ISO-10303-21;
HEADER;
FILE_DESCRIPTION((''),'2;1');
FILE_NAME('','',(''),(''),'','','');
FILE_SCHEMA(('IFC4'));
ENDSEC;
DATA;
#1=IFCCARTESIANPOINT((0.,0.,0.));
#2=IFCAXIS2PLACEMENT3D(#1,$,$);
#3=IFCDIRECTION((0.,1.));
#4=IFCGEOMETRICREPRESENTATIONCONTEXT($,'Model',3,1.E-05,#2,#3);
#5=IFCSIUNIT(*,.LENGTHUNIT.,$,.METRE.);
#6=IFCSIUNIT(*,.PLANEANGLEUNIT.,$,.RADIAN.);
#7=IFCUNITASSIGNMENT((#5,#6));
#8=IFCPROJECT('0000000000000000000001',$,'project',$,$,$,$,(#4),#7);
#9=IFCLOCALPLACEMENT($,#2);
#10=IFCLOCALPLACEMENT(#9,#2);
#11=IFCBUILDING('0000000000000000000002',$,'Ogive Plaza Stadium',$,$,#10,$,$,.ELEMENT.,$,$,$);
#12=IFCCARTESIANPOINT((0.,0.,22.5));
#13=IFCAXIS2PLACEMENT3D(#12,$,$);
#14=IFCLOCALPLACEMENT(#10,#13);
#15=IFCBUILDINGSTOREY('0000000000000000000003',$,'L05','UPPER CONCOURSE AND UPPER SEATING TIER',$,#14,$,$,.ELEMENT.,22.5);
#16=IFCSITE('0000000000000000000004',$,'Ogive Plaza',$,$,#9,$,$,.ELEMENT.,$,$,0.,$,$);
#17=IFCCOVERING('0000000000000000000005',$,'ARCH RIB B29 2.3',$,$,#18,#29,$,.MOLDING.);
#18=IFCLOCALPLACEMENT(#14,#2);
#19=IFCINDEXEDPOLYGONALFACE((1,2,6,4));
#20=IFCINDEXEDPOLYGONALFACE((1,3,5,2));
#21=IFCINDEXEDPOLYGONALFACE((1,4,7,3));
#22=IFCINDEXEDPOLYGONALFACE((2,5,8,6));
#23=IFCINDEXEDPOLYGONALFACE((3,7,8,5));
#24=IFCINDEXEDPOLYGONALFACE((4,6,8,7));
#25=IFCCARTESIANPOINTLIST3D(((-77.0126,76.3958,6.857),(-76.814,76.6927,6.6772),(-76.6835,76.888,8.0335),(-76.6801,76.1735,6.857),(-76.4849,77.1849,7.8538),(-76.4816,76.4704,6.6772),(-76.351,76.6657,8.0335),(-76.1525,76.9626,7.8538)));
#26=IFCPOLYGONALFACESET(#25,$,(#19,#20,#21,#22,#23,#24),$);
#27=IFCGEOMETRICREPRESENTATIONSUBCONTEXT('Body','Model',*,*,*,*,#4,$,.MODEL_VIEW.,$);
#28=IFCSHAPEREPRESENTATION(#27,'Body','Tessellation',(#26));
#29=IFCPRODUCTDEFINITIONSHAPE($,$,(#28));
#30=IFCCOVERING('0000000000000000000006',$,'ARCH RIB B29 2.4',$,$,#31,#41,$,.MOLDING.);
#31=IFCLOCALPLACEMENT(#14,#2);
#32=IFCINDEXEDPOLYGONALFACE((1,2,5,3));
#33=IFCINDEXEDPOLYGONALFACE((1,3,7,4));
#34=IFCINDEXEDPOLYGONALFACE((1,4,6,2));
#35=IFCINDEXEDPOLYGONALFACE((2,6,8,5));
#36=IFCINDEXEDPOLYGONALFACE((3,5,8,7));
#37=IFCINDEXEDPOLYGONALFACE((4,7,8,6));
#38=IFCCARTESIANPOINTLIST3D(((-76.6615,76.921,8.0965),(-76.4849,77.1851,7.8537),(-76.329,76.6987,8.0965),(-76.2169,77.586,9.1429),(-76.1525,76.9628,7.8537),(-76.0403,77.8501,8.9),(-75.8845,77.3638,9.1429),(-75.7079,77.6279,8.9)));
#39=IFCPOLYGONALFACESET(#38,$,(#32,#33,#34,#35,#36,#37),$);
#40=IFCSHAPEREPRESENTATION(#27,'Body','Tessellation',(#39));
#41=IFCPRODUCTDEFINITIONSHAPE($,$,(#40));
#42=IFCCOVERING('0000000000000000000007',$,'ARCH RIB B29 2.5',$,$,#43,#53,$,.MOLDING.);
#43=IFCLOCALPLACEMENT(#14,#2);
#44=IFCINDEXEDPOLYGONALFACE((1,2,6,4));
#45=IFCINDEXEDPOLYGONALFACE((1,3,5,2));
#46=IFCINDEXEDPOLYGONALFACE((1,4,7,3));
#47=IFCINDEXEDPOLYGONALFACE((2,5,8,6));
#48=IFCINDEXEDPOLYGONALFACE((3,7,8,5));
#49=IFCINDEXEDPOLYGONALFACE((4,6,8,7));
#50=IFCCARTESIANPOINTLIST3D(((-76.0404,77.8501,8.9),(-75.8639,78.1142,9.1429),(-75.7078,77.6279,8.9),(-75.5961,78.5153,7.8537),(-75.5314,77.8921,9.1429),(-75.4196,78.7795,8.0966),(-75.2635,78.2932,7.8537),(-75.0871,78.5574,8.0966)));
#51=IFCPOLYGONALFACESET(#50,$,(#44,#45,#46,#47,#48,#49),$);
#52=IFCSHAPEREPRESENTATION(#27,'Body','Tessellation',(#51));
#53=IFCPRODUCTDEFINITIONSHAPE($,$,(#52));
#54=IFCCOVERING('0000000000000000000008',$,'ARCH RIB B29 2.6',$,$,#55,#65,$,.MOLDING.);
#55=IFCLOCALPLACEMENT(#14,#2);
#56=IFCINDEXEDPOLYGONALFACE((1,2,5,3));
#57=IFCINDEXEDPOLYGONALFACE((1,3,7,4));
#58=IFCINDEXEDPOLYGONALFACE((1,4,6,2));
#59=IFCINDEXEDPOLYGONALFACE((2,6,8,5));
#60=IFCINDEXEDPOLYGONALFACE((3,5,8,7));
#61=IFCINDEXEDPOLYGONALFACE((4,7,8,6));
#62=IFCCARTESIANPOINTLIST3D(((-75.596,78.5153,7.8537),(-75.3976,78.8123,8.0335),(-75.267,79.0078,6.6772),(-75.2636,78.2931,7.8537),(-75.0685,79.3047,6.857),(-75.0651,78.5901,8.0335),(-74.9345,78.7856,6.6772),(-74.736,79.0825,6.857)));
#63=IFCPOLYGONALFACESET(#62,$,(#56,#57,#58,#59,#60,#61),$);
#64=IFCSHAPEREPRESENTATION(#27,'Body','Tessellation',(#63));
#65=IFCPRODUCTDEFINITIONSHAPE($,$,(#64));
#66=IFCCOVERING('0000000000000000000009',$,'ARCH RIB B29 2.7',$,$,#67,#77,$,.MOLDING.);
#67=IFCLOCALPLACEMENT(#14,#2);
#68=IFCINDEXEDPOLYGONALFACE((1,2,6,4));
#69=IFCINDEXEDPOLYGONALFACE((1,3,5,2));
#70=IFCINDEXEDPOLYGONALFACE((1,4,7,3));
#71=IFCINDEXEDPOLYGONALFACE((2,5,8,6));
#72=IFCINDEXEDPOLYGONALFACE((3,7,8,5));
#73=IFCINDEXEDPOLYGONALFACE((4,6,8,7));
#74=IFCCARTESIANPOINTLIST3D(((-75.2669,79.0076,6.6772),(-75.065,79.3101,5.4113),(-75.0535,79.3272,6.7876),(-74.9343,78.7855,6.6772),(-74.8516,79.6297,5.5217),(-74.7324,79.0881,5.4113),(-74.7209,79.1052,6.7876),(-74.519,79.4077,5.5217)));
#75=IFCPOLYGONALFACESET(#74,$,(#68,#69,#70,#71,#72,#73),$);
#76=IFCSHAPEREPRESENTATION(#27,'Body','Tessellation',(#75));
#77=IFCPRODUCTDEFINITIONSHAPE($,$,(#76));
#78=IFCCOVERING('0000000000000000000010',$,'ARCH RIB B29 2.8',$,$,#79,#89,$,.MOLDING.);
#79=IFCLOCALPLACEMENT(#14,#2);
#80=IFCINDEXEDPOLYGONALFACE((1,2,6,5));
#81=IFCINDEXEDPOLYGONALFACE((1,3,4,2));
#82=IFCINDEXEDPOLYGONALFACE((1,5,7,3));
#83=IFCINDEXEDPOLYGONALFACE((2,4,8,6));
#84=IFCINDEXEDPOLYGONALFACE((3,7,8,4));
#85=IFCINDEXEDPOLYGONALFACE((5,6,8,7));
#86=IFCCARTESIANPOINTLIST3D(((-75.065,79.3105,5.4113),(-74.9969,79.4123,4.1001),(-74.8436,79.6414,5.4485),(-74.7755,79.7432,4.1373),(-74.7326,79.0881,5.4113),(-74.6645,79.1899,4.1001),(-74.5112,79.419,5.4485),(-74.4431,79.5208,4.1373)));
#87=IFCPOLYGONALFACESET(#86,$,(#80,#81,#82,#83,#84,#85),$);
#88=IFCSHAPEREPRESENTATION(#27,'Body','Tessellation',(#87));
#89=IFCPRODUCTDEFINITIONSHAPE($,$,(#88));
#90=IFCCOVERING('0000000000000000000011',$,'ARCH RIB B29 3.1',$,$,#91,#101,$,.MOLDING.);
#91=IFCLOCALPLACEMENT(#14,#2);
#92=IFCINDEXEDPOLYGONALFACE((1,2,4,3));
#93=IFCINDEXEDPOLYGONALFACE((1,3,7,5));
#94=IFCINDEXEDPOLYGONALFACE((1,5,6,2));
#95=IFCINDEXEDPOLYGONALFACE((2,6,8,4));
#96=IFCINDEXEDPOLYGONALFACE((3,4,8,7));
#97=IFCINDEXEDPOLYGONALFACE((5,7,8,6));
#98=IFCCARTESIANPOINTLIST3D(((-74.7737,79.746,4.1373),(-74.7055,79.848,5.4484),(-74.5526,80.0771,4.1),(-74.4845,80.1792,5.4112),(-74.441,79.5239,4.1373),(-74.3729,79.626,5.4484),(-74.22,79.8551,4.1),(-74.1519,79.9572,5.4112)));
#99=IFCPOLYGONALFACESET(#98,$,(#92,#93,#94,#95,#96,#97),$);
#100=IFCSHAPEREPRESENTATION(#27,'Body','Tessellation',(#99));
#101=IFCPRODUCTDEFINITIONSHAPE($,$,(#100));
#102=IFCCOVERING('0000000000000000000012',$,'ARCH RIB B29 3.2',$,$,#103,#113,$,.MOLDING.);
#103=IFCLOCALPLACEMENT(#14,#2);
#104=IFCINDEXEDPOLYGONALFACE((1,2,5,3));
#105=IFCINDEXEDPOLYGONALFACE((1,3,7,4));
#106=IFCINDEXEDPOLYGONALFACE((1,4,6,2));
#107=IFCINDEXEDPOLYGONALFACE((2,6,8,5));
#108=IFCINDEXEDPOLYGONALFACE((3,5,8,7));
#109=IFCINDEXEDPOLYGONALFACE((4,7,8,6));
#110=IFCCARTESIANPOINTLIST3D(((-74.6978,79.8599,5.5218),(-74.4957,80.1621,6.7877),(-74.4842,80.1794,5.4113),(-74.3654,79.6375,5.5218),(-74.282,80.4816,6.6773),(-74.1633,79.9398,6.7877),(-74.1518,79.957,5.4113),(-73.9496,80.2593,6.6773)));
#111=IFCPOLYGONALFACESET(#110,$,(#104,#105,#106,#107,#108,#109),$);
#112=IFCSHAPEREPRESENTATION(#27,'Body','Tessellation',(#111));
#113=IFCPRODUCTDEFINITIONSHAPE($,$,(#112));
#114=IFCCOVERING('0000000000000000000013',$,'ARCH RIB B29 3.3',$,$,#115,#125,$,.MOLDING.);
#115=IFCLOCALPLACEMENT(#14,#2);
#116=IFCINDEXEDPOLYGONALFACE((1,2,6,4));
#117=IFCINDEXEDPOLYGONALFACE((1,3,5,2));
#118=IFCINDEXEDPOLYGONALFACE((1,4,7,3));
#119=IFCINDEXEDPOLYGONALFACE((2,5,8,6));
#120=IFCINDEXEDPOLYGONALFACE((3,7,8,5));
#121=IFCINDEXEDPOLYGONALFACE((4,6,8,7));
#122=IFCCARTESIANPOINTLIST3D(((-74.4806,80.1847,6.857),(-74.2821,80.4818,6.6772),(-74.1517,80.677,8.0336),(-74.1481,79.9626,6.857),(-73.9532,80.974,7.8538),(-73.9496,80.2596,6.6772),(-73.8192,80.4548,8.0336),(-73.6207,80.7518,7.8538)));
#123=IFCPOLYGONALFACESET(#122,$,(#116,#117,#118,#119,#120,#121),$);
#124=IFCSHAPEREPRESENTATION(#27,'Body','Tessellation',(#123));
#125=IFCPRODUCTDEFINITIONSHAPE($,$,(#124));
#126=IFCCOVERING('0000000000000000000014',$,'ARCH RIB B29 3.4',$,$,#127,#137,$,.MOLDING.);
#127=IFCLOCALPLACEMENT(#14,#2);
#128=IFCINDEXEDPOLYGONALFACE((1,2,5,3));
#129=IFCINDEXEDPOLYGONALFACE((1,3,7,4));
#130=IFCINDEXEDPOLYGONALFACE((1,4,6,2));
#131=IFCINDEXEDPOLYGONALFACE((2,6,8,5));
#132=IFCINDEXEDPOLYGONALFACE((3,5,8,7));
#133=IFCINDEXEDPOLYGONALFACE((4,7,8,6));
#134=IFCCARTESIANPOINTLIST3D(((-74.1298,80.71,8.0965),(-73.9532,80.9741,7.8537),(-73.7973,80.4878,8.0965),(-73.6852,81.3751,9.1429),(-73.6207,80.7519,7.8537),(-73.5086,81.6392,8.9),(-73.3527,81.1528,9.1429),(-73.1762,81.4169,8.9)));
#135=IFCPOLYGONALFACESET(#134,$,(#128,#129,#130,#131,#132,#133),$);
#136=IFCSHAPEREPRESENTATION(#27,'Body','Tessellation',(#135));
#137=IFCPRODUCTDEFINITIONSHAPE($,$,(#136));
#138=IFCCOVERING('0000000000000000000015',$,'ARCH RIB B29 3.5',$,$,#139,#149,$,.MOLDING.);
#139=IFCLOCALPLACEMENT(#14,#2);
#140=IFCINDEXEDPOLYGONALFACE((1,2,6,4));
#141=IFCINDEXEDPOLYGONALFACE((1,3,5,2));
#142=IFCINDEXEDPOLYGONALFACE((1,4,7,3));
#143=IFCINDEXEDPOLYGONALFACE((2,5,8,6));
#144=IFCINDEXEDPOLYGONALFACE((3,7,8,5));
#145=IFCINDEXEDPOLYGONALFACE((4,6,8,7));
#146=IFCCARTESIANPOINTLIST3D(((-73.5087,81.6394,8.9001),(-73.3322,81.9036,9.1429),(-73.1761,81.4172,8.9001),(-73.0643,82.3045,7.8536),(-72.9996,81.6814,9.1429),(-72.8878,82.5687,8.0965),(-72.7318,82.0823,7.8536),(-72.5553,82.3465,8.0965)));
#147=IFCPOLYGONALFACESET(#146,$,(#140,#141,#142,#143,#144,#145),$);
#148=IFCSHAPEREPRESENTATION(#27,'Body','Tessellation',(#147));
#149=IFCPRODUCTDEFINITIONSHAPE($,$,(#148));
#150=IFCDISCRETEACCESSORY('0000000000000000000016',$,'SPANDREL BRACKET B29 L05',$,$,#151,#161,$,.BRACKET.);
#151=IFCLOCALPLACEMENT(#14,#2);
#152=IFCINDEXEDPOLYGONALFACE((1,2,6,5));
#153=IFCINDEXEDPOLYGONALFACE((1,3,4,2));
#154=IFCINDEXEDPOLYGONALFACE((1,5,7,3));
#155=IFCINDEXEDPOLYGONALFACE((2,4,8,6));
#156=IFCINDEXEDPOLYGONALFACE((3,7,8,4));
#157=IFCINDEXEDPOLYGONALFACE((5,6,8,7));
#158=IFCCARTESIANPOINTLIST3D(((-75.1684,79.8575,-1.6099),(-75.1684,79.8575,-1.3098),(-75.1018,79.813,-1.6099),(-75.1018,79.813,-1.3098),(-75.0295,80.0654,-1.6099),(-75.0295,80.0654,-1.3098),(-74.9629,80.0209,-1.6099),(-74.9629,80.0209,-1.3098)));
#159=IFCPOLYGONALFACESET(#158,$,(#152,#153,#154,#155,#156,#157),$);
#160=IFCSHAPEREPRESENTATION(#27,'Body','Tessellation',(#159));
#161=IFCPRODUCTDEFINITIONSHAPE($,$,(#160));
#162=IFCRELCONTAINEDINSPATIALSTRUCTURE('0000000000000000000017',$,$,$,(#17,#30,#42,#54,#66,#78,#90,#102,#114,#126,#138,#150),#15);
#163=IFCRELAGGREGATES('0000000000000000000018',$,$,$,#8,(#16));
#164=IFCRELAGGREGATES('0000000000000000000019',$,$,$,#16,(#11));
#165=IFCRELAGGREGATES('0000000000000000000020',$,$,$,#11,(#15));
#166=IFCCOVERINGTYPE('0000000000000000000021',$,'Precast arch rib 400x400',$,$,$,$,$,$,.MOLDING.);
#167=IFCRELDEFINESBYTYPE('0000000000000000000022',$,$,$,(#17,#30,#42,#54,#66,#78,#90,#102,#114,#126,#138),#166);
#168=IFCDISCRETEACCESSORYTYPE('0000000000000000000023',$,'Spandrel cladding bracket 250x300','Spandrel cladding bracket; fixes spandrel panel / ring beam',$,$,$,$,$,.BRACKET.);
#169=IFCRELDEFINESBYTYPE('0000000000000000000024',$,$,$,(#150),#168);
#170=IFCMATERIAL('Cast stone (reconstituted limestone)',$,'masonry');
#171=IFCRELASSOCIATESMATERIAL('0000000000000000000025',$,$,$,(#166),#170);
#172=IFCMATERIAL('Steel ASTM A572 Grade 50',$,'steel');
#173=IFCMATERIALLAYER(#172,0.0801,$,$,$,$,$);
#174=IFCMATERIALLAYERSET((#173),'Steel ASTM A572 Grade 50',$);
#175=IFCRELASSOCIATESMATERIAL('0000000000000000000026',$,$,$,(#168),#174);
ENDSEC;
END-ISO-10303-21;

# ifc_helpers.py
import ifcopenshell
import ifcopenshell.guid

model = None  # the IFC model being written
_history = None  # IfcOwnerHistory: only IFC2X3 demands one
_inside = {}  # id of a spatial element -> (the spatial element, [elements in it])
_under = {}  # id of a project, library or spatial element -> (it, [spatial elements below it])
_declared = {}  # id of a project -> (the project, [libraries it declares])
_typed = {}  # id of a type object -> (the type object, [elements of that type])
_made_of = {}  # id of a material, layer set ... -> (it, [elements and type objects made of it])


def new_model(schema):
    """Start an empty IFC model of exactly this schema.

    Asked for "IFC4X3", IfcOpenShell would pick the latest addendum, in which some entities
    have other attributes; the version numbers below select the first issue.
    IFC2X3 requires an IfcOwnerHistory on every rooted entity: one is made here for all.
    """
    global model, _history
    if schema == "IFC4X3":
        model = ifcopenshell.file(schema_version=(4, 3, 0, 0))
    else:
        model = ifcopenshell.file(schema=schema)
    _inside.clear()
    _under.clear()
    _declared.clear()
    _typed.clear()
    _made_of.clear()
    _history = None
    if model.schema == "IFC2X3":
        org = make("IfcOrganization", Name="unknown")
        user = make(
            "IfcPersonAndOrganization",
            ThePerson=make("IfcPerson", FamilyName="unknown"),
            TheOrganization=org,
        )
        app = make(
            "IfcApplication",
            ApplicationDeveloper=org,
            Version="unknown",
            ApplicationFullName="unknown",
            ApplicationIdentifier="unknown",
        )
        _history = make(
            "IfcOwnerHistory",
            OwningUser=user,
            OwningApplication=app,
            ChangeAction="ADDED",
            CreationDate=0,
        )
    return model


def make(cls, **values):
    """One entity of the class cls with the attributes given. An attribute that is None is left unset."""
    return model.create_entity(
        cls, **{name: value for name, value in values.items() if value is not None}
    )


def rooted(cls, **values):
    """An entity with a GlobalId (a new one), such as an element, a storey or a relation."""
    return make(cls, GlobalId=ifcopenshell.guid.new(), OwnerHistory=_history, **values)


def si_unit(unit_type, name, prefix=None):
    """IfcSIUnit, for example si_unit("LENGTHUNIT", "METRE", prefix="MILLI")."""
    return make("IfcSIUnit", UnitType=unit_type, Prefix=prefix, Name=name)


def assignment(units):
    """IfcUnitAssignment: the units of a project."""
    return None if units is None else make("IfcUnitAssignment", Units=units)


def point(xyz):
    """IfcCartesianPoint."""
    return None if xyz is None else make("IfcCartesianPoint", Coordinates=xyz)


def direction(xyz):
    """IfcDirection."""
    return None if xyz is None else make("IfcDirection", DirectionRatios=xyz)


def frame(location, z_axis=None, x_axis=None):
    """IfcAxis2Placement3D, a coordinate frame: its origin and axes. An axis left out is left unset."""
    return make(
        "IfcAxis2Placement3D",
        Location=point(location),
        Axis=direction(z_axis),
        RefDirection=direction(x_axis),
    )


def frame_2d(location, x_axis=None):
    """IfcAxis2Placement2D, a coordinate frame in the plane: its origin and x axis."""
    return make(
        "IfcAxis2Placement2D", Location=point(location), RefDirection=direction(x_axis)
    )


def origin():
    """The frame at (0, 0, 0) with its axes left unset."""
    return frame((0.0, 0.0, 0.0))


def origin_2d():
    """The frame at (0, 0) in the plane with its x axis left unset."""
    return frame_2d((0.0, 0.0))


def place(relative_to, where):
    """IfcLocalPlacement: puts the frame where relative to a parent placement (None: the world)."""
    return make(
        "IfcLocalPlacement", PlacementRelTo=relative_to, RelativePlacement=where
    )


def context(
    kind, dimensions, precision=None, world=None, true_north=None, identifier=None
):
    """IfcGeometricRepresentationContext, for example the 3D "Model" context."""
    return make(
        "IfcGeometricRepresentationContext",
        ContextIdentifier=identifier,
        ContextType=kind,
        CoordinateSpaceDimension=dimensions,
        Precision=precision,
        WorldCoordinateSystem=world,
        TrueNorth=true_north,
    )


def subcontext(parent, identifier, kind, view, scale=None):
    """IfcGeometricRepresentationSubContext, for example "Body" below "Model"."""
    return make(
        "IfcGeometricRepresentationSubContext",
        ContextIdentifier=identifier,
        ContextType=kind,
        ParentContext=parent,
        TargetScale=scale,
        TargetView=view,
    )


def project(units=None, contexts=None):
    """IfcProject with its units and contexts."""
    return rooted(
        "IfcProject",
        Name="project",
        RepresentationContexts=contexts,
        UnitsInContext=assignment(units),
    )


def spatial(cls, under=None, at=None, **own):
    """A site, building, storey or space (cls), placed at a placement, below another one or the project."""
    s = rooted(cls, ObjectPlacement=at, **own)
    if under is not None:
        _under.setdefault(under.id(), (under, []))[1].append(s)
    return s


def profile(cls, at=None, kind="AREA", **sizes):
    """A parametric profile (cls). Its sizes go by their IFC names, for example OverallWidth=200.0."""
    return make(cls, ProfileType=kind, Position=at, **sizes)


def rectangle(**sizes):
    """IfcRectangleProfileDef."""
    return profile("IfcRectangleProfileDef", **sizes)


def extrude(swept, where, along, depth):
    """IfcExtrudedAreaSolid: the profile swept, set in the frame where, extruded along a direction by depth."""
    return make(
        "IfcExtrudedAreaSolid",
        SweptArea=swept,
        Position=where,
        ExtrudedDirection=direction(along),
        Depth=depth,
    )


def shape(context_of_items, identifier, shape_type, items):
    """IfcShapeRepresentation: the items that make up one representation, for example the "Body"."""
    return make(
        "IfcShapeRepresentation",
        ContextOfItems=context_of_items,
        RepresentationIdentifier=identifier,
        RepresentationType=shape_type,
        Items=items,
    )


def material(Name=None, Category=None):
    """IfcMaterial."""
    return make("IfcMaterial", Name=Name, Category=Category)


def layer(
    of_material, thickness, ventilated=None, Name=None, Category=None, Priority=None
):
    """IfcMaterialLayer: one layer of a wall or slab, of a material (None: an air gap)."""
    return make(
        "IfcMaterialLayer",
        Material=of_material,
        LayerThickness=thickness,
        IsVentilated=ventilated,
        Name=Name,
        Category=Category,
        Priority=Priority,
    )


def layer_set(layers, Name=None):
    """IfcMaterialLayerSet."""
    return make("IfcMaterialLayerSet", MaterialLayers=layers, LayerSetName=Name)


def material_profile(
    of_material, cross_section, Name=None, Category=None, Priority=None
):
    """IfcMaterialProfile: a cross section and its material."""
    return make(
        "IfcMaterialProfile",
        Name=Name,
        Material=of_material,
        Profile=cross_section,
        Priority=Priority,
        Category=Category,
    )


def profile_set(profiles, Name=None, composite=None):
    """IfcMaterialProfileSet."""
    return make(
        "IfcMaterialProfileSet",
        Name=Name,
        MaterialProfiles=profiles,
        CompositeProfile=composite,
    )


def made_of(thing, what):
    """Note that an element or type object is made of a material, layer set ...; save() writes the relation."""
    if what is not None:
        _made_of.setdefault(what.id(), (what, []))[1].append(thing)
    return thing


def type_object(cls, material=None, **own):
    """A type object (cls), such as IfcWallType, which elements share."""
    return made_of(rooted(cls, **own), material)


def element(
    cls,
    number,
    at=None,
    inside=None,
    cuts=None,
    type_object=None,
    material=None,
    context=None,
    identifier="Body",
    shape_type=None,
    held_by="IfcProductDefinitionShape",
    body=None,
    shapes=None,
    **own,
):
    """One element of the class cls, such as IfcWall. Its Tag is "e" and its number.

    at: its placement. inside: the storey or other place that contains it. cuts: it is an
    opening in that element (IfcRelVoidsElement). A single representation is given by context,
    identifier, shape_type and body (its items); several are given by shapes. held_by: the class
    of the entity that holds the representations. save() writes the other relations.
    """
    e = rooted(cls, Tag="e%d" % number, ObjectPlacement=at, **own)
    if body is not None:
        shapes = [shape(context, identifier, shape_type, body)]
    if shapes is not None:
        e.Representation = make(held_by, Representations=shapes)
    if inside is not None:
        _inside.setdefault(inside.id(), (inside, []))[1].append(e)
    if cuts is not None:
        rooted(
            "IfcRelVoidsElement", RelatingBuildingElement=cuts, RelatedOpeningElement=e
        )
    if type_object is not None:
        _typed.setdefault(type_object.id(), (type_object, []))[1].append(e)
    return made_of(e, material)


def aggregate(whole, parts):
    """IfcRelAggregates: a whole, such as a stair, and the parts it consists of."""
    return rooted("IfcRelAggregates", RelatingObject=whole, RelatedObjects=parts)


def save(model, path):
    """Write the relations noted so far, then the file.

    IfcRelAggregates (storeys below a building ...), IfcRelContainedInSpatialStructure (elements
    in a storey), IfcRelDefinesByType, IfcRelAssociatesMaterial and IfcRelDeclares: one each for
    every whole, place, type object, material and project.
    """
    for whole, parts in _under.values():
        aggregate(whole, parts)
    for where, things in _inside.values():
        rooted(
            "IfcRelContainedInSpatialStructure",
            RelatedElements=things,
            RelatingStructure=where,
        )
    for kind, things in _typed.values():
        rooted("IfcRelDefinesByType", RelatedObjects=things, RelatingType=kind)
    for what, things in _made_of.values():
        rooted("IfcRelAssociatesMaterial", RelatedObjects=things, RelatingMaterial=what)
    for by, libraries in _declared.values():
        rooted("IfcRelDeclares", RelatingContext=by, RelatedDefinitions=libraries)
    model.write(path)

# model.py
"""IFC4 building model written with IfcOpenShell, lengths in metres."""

from ifc_helpers import new_model, si_unit, direction, frame, origin, origin_2d, place, context, subcontext, project, spatial, rectangle, extrude, material, layer, layer_set, material_profile, profile_set, type_object, element, save


model = new_model("IFC4")

# Units and contexts
model_context = context("Model", 3, precision=1e-05, world=origin(), true_north=direction((0.0, 1.0)))
body_context = subcontext(model_context, "Body", "Model", "MODEL_VIEW")
ifc_project = project(units=[si_unit("LENGTHUNIT", "METRE"), si_unit("PLANEANGLEUNIT", "RADIAN")], contexts=[model_context])

# Site, building, storey
site_placement = place(None, origin())
site = spatial("IfcSite", under=ifc_project, at=site_placement, Name="Ogive Plaza", CompositionType="ELEMENT", RefElevation=0.0)
building_placement = place(site_placement, origin())
building = spatial("IfcBuilding", under=site, at=building_placement, Name="Ogive Plaza Stadium", CompositionType="ELEMENT")
storey_placement = place(building_placement, frame((0.0, 0.0, 22.5)))
storey = spatial("IfcBuildingStorey", under=building, at=storey_placement, Name="L05", Description="UPPER CONCOURSE AND UPPER SEATING TIER", CompositionType="ELEMENT", Elevation=22.5)

# Coverings
ifc_material_1 = material(Name="Cast stone (reconstituted limestone)", Category="masonry")
ifc_material_profile_1 = material_profile(ifc_material_1, rectangle(XDim=0.3999, YDim=0.3999, at=origin_2d()), Name="Cast stone 400x400")
ifc_profile_set_1 = profile_set([ifc_material_profile_1], Name="Cast stone (reconstituted limestone)")
covering_type = type_object("IfcCoveringType", Name="Precast arch rib 400x400", PredefinedType="MOLDING", material=ifc_profile_set_1)
for number, where, z_axis, x_axis, name in (
    (1, (-76.7471, 76.4331, 6.7671), (0.249869, 0.373692, 0.893264), (-0.831288, 0.555842, 0.0), "ARCH RIB B29 2.3"),
    (2, (-76.407, 76.9419, 7.9751), (0.337535, 0.504912, 0.794439), (-0.831345, 0.555756, 0.0), "ARCH RIB B29 2.4"),
    (3, (-75.7859, 77.8711, 9.0215), (0.337339, 0.505082, -0.794415), (-0.831581, 0.555404, 0.0), "ARCH RIB B29 2.5"),
    (4, (-75.3306, 78.5527, 7.9436), (0.249852, 0.373851, -0.893202), (-0.831416, 0.555651, 0.0), "ARCH RIB B29 2.6"),
    (5, (-74.9939, 79.0564, 6.7324), (0.153297, 0.229668, -0.96112), (-0.83174, 0.555165, 0.0), "ARCH RIB B29 2.7"),
):
    element("IfcCovering", number, at=place(storey_placement, frame(where, z_axis=z_axis, x_axis=x_axis)), inside=storey, type_object=covering_type, Name=name, PredefinedType="MOLDING", context=body_context, shape_type="SweptSolid", body=[
        extrude(rectangle(XDim=0.3999, YDim=0.3999, at=origin_2d()), origin(), (0.0, 0.0, 1.0), 1.3171),
    ])
for number, where, z_axis, x_axis, name in (
    (6, (-74.7881, 79.3647, 5.4299), (0.05172, 0.077303, -0.995665), (-0.831129, 0.556079, 0.0), "ARCH RIB B29 2.8"),
    (7, (-74.4968, 79.8005, 4.1187), (0.05172, 0.077487, 0.995651), (-0.831744, 0.555159, 0.0), "ARCH RIB B29 3.1"),
):
    element("IfcCovering", number, at=place(storey_placement, frame(where, z_axis=z_axis, x_axis=x_axis)), inside=storey, type_object=covering_type, Name=name, PredefinedType="MOLDING", context=body_context, shape_type="SweptSolid", body=[
        extrude(rectangle(XDim=0.3999, YDim=0.3999, at=origin_2d()), origin(), (0.0, 0.0, 1.0), 1.3169),
    ])
for number, where, z_axis, x_axis, name in (
    (8, (-74.4248, 79.9084, 5.4666), (0.153485, 0.229486, 0.961134), (-0.831223, 0.555939, 0.0), "ARCH RIB B29 3.2"),
    (9, (-74.2151, 80.2222, 6.7671), (0.249695, 0.373709, 0.893305), (-0.831479, 0.555557, 0.0), "ARCH RIB B29 3.3"),
    (10, (-73.8752, 80.731, 7.9751), (0.337535, 0.504912, 0.794439), (-0.831345, 0.555756, 0.0), "ARCH RIB B29 3.4"),
    (11, (-73.2542, 81.6604, 9.0215), (0.337371, 0.504944, -0.794489), (-0.831486, 0.555545, 0.0), "ARCH RIB B29 3.5"),
):
    element("IfcCovering", number, at=place(storey_placement, frame(where, z_axis=z_axis, x_axis=x_axis)), inside=storey, type_object=covering_type, Name=name, PredefinedType="MOLDING", context=body_context, shape_type="SweptSolid", body=[
        extrude(rectangle(XDim=0.3999, YDim=0.3999, at=origin_2d()), origin(), (0.0, 0.0, 1.0), 1.3171),
    ])

# Discrete accessory
ifc_material_2 = material(Name="Steel ASTM A572 Grade 50", Category="steel")
ifc_layer_1 = layer(ifc_material_2, 0.0801)
ifc_layer_set_1 = layer_set([ifc_layer_1], Name="Steel ASTM A572 Grade 50")
discrete_accessory_type = type_object("IfcDiscreteAccessoryType", Name="Spandrel cladding bracket 250x300", Description="Spandrel cladding bracket; fixes spandrel panel / ring beam", PredefinedType="BRACKET", material=ifc_layer_set_1)
discrete_accessory_placement = place(storey_placement, frame((-75.0657, 79.9392, -1.6099), z_axis=(0.0, 0.0, 1.0), x_axis=(0.55557, 0.83147, 0.0)))
element("IfcDiscreteAccessory", 12, at=discrete_accessory_placement, inside=storey, type_object=discrete_accessory_type, Name="SPANDREL BRACKET B29 L05", PredefinedType="BRACKET", context=body_context, shape_type="SweptSolid", body=[
    extrude(rectangle(XDim=0.25, YDim=0.0801, at=origin_2d()), origin(), (0.0, 0.0, 1.0), 0.3),
])

save(model, "model.ifc")
